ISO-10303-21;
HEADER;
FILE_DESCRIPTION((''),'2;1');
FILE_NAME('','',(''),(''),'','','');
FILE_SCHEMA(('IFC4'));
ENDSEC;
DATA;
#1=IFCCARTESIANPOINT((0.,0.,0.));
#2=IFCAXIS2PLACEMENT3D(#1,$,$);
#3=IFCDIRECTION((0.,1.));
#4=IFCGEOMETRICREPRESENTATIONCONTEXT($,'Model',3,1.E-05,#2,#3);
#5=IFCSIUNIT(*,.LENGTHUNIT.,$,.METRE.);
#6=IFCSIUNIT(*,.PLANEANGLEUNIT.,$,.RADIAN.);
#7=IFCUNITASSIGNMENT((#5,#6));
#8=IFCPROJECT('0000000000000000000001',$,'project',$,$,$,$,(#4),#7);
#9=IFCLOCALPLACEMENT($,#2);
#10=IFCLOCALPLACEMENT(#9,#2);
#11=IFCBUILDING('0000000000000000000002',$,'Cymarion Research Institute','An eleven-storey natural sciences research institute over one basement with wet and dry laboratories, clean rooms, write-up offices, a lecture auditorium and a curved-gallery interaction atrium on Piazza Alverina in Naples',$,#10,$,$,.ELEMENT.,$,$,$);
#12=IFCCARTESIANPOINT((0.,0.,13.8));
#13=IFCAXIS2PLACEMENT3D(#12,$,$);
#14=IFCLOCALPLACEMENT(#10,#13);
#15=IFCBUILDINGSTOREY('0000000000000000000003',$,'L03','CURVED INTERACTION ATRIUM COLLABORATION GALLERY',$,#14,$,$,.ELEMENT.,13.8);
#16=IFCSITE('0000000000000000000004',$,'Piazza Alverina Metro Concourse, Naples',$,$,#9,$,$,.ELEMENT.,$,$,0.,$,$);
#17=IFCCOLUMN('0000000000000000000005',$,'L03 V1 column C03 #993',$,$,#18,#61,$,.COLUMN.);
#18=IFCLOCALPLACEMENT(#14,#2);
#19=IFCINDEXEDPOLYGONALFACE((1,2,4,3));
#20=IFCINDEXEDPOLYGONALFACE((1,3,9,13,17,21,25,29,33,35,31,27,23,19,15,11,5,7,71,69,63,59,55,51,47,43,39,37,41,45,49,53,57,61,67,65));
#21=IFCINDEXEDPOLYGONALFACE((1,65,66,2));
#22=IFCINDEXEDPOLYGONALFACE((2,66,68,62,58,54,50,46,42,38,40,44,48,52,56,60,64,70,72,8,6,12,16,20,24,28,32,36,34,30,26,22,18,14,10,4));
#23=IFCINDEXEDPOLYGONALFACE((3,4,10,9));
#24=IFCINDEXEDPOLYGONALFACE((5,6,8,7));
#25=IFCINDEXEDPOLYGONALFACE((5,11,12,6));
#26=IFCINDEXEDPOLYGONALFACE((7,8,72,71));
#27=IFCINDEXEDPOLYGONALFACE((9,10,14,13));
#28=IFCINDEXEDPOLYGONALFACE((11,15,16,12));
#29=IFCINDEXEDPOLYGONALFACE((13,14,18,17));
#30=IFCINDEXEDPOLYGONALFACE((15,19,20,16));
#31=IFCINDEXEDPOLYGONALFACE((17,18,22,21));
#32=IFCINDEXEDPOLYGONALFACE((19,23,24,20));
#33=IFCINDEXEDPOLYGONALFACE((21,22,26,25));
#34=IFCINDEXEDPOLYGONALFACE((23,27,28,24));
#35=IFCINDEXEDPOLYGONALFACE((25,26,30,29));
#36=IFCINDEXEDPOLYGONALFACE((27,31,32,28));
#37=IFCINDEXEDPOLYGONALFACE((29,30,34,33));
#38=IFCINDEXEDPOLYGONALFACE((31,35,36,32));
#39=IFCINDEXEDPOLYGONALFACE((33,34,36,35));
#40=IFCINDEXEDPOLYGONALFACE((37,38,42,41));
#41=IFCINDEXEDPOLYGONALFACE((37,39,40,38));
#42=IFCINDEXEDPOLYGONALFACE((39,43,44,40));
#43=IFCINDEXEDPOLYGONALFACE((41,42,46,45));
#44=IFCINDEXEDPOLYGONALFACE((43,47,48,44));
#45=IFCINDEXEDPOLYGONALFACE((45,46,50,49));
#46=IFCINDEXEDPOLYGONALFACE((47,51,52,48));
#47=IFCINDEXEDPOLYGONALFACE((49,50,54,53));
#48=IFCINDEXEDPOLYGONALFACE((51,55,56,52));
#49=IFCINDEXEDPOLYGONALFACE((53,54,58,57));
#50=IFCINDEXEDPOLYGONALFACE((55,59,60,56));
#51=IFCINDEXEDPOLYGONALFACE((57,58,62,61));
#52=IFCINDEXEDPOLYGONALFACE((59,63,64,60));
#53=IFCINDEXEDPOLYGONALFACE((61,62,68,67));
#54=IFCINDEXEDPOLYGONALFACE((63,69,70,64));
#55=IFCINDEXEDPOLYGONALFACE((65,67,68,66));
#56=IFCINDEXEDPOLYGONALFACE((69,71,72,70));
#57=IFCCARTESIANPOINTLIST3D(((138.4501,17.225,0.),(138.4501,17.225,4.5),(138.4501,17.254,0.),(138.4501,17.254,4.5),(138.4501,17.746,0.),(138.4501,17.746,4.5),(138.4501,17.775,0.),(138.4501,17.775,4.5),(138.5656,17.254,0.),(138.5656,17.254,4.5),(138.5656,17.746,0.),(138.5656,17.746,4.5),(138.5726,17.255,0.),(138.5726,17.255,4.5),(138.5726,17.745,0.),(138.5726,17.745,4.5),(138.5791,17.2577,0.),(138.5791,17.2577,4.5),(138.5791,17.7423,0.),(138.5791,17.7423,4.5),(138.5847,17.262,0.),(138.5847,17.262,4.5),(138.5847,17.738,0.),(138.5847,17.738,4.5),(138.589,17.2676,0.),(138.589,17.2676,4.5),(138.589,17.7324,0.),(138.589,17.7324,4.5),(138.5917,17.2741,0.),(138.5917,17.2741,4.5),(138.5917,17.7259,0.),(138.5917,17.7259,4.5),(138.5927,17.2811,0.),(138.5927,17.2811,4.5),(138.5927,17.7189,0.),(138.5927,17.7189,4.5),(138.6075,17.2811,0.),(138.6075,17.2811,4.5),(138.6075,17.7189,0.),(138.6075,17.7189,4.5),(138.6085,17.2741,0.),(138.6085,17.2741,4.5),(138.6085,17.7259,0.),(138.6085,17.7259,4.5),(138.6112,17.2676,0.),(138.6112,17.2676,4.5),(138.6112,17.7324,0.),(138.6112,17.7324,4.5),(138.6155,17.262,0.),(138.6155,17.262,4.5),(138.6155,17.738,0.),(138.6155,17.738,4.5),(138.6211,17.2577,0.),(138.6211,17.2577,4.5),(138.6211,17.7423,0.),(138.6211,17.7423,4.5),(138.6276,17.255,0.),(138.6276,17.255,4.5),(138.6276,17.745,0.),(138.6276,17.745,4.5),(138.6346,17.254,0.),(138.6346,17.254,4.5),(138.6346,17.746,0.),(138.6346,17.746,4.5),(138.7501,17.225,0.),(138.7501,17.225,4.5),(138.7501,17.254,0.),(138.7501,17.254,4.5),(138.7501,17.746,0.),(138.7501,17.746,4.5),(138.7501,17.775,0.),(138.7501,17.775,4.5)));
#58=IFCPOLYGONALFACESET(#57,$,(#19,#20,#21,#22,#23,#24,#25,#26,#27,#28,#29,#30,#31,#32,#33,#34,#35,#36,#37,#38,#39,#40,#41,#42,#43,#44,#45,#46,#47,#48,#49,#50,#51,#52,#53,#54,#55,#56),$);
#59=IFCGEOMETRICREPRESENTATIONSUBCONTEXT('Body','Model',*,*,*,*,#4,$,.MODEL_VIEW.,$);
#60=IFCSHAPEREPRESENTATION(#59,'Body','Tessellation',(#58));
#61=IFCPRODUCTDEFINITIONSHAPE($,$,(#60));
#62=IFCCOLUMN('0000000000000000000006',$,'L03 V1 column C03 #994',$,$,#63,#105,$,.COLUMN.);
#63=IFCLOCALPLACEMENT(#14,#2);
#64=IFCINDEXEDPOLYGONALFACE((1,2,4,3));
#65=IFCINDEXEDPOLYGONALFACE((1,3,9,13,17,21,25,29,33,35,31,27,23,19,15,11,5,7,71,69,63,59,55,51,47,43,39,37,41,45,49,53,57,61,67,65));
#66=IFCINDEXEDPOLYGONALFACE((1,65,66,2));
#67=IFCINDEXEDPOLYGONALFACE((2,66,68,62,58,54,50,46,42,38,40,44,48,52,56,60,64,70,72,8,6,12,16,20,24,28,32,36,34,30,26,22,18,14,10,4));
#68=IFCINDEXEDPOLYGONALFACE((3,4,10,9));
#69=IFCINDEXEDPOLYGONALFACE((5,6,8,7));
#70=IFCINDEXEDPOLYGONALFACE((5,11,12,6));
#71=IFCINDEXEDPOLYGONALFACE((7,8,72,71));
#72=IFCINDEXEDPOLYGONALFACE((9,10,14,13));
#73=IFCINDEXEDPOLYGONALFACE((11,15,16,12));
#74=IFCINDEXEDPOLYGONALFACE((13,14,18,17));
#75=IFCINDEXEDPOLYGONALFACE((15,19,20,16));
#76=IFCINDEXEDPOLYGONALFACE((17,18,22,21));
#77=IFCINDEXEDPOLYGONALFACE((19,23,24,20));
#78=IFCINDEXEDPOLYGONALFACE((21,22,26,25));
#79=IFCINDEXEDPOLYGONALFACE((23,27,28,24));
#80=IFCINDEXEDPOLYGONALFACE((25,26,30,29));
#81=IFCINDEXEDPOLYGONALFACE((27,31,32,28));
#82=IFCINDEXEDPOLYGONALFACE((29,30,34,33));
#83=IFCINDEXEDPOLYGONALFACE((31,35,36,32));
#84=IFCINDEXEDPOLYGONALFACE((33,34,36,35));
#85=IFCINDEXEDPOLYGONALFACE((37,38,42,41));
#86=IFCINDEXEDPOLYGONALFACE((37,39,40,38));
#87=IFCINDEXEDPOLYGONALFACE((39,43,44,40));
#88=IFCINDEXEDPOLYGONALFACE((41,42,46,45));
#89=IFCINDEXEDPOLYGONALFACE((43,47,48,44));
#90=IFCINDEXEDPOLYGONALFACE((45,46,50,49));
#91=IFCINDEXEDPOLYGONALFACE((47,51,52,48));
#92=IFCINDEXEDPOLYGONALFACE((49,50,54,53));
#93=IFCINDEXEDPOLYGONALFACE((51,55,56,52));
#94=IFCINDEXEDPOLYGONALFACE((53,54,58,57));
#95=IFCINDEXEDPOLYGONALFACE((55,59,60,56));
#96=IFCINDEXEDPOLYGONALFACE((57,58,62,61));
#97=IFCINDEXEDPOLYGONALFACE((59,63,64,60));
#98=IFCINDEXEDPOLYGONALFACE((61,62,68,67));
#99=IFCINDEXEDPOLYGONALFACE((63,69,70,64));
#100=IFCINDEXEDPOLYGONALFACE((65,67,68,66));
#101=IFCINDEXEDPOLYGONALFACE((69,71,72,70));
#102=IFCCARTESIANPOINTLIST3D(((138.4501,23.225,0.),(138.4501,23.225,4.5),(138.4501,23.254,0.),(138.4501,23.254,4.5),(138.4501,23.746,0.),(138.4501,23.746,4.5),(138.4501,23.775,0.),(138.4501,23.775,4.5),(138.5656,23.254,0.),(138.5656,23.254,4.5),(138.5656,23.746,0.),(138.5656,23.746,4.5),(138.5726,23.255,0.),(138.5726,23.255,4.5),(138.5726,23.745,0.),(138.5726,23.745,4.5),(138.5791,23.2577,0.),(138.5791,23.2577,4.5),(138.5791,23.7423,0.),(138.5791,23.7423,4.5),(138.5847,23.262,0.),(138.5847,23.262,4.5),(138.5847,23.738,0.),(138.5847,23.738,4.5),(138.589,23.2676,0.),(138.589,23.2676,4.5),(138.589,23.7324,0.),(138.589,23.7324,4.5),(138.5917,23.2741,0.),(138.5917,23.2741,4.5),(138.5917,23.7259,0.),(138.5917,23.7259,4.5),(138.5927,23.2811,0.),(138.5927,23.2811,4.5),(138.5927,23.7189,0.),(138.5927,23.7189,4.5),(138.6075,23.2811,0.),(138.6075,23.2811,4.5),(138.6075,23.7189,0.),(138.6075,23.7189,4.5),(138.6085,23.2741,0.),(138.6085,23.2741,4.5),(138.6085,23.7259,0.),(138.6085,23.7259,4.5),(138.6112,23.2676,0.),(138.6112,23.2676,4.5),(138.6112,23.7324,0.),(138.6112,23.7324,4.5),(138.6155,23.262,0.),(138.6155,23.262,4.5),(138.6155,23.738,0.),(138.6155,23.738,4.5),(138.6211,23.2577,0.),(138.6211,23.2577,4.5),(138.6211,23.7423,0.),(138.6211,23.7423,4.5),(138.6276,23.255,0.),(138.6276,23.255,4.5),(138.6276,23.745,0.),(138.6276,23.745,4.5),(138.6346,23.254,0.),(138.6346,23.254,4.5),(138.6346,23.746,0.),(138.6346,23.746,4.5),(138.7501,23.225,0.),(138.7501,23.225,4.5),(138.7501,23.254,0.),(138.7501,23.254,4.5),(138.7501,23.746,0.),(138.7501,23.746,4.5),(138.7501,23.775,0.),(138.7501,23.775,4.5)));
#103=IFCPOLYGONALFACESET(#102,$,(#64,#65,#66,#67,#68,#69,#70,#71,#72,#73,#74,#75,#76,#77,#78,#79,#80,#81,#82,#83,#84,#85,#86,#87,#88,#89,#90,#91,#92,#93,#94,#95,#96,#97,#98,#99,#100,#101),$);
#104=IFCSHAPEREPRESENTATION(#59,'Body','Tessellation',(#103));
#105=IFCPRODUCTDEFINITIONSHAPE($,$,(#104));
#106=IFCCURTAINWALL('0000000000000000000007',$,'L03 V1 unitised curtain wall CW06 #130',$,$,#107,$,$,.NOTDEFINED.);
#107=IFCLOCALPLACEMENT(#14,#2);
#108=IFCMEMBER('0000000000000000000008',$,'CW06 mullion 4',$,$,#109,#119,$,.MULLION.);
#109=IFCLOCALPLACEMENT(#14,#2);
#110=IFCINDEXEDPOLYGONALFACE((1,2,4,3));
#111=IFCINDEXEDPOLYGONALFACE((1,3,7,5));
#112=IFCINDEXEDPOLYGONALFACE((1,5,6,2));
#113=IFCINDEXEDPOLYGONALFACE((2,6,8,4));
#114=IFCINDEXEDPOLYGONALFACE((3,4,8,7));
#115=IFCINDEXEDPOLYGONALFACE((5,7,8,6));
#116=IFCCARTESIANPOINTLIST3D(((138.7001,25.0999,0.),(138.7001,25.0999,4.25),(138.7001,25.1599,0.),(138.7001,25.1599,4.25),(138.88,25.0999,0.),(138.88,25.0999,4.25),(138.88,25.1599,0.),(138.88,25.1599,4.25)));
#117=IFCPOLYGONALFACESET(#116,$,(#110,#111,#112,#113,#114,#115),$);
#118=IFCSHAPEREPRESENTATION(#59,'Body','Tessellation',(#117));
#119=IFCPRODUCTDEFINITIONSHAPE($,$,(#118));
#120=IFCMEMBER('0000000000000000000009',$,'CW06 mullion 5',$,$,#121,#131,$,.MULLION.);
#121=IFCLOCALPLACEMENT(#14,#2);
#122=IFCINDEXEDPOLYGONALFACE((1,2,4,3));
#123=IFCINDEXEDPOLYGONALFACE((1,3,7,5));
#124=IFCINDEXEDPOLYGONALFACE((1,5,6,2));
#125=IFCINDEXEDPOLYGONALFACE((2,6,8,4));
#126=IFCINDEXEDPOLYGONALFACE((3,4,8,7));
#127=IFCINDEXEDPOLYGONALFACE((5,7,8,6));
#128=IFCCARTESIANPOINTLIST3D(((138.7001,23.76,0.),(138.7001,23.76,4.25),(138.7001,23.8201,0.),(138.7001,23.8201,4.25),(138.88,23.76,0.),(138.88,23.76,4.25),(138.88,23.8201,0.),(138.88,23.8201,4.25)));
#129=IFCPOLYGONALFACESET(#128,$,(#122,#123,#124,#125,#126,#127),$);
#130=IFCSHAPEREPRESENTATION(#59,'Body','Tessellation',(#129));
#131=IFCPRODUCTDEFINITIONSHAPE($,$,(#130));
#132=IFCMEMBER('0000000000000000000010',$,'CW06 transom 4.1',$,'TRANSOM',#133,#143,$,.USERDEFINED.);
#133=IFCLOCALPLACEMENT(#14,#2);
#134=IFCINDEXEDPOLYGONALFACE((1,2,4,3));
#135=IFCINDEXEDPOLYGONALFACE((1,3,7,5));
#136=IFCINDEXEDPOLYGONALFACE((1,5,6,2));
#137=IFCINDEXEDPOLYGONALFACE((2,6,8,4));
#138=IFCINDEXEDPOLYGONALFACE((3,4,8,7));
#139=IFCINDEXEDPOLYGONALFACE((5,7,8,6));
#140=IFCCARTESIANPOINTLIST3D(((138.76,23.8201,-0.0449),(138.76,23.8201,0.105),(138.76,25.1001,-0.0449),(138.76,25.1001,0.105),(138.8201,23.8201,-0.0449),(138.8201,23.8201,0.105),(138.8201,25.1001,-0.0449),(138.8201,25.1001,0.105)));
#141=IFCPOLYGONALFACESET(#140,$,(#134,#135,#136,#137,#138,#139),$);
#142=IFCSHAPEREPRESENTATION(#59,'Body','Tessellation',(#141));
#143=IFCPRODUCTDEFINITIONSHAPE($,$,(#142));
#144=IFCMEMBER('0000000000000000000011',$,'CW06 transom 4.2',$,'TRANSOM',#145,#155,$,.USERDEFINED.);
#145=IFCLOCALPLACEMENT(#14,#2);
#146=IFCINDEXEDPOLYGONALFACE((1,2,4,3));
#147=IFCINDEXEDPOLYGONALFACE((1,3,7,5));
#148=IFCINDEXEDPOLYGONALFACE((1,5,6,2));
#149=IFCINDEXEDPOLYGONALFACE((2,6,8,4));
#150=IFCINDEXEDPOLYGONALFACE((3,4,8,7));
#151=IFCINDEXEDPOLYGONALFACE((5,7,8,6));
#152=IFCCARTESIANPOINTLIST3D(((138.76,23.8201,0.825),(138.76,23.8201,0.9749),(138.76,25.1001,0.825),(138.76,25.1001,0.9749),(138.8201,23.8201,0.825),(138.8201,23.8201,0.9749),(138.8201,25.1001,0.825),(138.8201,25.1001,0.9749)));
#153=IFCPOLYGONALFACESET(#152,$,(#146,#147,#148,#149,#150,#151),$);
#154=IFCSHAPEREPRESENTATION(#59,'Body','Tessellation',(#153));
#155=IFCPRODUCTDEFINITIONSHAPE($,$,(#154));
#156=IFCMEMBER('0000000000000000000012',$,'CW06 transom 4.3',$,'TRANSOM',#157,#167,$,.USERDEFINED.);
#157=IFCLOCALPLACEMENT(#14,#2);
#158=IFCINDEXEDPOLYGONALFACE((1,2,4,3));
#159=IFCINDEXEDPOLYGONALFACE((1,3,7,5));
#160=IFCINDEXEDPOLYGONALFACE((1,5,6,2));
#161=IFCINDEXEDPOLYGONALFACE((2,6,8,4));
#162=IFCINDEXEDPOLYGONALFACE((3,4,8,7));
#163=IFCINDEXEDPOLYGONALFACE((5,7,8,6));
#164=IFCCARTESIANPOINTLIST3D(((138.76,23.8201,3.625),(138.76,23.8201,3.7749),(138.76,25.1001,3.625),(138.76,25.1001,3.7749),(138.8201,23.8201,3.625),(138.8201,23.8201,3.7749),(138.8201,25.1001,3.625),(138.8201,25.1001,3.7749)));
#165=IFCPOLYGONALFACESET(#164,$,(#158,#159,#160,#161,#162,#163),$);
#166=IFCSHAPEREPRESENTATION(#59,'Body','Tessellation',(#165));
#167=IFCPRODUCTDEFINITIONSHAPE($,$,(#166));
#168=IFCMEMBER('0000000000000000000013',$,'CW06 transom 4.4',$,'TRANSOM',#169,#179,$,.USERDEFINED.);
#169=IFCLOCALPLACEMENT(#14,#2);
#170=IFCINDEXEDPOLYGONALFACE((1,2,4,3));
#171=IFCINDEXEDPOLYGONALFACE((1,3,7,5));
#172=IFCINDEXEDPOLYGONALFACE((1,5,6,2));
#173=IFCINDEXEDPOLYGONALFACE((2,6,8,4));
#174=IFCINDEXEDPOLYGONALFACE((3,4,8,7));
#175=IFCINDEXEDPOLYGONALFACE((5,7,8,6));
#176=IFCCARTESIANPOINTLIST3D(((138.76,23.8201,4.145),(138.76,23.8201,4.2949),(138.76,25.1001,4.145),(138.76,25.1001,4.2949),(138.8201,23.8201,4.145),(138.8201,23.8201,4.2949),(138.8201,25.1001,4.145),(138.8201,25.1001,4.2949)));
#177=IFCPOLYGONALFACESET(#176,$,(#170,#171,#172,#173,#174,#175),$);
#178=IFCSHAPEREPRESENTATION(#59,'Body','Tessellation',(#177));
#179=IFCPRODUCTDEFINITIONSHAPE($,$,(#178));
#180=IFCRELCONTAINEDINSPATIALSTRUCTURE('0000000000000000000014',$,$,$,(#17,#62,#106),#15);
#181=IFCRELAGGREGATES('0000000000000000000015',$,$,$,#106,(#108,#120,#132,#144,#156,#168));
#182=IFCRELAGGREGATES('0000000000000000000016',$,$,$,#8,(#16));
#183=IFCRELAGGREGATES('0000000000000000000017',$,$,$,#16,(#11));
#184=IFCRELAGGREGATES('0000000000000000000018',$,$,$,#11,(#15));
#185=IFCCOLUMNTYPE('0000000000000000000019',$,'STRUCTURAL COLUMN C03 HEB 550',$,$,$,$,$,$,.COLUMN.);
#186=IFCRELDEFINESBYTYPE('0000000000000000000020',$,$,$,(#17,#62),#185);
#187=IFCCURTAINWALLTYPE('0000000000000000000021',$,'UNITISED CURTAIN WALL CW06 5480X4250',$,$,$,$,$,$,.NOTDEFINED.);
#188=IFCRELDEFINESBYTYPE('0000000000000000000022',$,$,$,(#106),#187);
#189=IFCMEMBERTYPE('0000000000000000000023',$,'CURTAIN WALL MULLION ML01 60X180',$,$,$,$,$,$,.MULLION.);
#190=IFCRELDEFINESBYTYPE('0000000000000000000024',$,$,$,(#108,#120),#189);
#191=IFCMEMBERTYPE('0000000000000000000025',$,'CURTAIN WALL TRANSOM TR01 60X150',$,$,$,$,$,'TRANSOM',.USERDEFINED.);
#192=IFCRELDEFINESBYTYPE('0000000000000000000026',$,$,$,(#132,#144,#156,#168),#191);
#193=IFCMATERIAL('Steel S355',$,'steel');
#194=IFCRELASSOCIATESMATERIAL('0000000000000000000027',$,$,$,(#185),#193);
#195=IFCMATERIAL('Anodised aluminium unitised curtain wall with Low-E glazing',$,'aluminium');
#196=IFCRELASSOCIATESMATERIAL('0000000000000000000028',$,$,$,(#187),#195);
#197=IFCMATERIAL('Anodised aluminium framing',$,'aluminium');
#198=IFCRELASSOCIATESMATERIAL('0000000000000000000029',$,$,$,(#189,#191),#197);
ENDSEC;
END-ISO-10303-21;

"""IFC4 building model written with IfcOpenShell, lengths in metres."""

from ifc_helpers import new_model, si_unit, direction, frame, origin, origin_2d, place, context, subcontext, project, spatial, rectangle, i_section, extrude, material, material_profile, profile_set, type_object, element, aggregate, save


model = new_model("IFC4")

# Units and contexts
model_context = context("Model", 3, precision=1e-05, world=origin(), true_north=direction((0.0, 1.0)))
body_context = subcontext(model_context, "Body", "Model", "MODEL_VIEW")
ifc_project = project(units=[si_unit("LENGTHUNIT", "METRE"), si_unit("PLANEANGLEUNIT", "RADIAN")], contexts=[model_context])

# Site, building, storey
site_placement = place(None, origin())
site = spatial("IfcSite", under=ifc_project, at=site_placement, Name="Piazza Alverina Metro Concourse, Naples", CompositionType="ELEMENT", RefElevation=0.0)
building_placement = place(site_placement, origin())
building = spatial("IfcBuilding", under=site, at=building_placement, Name="Cymarion Research Institute", Description="An eleven-storey natural sciences research institute over one basement with wet and dry laboratories, clean rooms, write-up offices, a lecture auditorium and a curved-gallery interaction atrium on Piazza Alverina in Naples", CompositionType="ELEMENT")
storey_placement = place(building_placement, frame((0.0, 0.0, 13.8)))
storey = spatial("IfcBuildingStorey", under=building, at=storey_placement, Name="L03", Description="CURVED INTERACTION ATRIUM COLLABORATION GALLERY", CompositionType="ELEMENT", Elevation=13.8)

# Columns
ifc_material_1 = material(Name="Steel S355", Category="steel")
ifc_material_profile_1 = material_profile(ifc_material_1, i_section(OverallWidth=0.3, OverallDepth=0.55, WebThickness=0.0149, FlangeThickness=0.0291, FilletRadius=0.0271, at=origin_2d()), Name="HEB 550")
ifc_profile_set_1 = profile_set([ifc_material_profile_1], Name="Steel S355")
column_type = type_object("IfcColumnType", Name="STRUCTURAL COLUMN C03 HEB 550", PredefinedType="COLUMN", material=ifc_profile_set_1)
for number, where, z_axis, x_axis, name in (
    (1, (138.6001, 17.5, 0.0), (0.0, 0.0, 1.0), (1.0, 0.0, 0.0), "L03 V1 column C03 #993"),
    (2, (138.6001, 23.5, 0.0), (0.0, 0.0, 1.0), (1.0, 0.0, 0.0), "L03 V1 column C03 #994"),
):
    element("IfcColumn", number, at=place(storey_placement, frame(where, z_axis=z_axis, x_axis=x_axis)), inside=storey, type_object=column_type, Name=name, PredefinedType="COLUMN", context=body_context, shape_type="SweptSolid", body=[
        extrude(i_section(OverallWidth=0.3, OverallDepth=0.55, WebThickness=0.0149, FlangeThickness=0.0291, FilletRadius=0.0271, at=origin_2d()), origin(), (0.0, 0.0, 1.0), 4.5),
    ])

# Curtain wall, members
ifc_material_2 = material(Name="Anodised aluminium unitised curtain wall with Low-E glazing", Category="aluminium")
curtain_wall_type = type_object("IfcCurtainWallType", Name="UNITISED CURTAIN WALL CW06 5480X4250", PredefinedType="NOTDEFINED", material=ifc_material_2)
curtain_wall_placement = place(storey_placement, origin())
curtain_wall = element("IfcCurtainWall", 3, at=curtain_wall_placement, inside=storey, type_object=curtain_wall_type, Name="L03 V1 unitised curtain wall CW06 #130", PredefinedType="NOTDEFINED")
ifc_material_3 = material(Name="Anodised aluminium framing", Category="aluminium")
ifc_material_profile_2 = material_profile(ifc_material_3, rectangle(XDim=0.0601, YDim=0.1799, at=origin_2d()), Name="ALU MULLION 60x180")
ifc_profile_set_2 = profile_set([ifc_material_profile_2], Name="Anodised aluminium framing")
member_type_1 = type_object("IfcMemberType", Name="CURTAIN WALL MULLION ML01 60X180", PredefinedType="MULLION", material=ifc_profile_set_2)
member_1_placement = place(storey_placement, frame((138.79, 25.1299, 0.0), z_axis=(0.0, 0.0, 1.0), x_axis=(0.0, -1.0, 0.0)))
member_1 = element("IfcMember", 4, at=member_1_placement, type_object=member_type_1, Name="CW06 mullion 4", PredefinedType="MULLION", context=body_context, shape_type="SweptSolid", body=[
    extrude(rectangle(XDim=0.0601, YDim=0.1799, at=origin_2d()), origin(), (0.0, 0.0, 1.0), 4.25),
])
member_2_placement = place(storey_placement, frame((138.79, 23.79, 0.0), z_axis=(0.0, 0.0, 1.0), x_axis=(0.0, -1.0, 0.0)))
member_2 = element("IfcMember", 5, at=member_2_placement, type_object=member_type_1, Name="CW06 mullion 5", PredefinedType="MULLION", context=body_context, shape_type="SweptSolid", body=[
    extrude(rectangle(XDim=0.0601, YDim=0.1799, at=origin_2d()), origin(), (0.0, 0.0, 1.0), 4.25),
])
ifc_material_profile_3 = material_profile(ifc_material_3, rectangle(XDim=0.0601, YDim=0.1499, at=origin_2d()), Name="ALU TRANSOM 60x150")
ifc_profile_set_3 = profile_set([ifc_material_profile_3], Name="Anodised aluminium framing")
member_type_2 = type_object("IfcMemberType", Name="CURTAIN WALL TRANSOM TR01 60X150", ElementType="TRANSOM", PredefinedType="USERDEFINED", material=ifc_profile_set_3)
member_3_placement = place(storey_placement, frame((138.79, 25.1001, 0.03), z_axis=(0.0, -1.0, 0.0), x_axis=(1.0, 0.0, 0.0)))
member_3 = element("IfcMember", 6, at=member_3_placement, type_object=member_type_2, Name="CW06 transom 4.1", ObjectType="TRANSOM", PredefinedType="USERDEFINED", context=body_context, shape_type="SweptSolid", body=[
    extrude(rectangle(XDim=0.0601, YDim=0.1499, at=origin_2d()), origin(), (0.0, 0.0, 1.0), 1.28),
])
member_4_placement = place(storey_placement, frame((138.79, 25.1001, 0.8999), z_axis=(0.0, -1.0, 0.0), x_axis=(1.0, 0.0, 0.0)))
member_4 = element("IfcMember", 7, at=member_4_placement, type_object=member_type_2, Name="CW06 transom 4.2", ObjectType="TRANSOM", PredefinedType="USERDEFINED", context=body_context, shape_type="SweptSolid", body=[
    extrude(rectangle(XDim=0.0601, YDim=0.1499, at=origin_2d()), origin(), (0.0, 0.0, 1.0), 1.28),
])
member_5_placement = place(storey_placement, frame((138.79, 25.1001, 3.7), z_axis=(0.0, -1.0, 0.0), x_axis=(1.0, 0.0, 0.0)))
member_5 = element("IfcMember", 8, at=member_5_placement, type_object=member_type_2, Name="CW06 transom 4.3", ObjectType="TRANSOM", PredefinedType="USERDEFINED", context=body_context, shape_type="SweptSolid", body=[
    extrude(rectangle(XDim=0.0601, YDim=0.1499, at=origin_2d()), origin(), (0.0, 0.0, 1.0), 1.28),
])
member_6_placement = place(storey_placement, frame((138.79, 25.1001, 4.22), z_axis=(0.0, -1.0, 0.0), x_axis=(1.0, 0.0, 0.0)))
member_6 = element("IfcMember", 9, at=member_6_placement, type_object=member_type_2, Name="CW06 transom 4.4", ObjectType="TRANSOM", PredefinedType="USERDEFINED", context=body_context, shape_type="SweptSolid", body=[
    extrude(rectangle(XDim=0.0601, YDim=0.1499, at=origin_2d()), origin(), (0.0, 0.0, 1.0), 1.28),
])

aggregate(curtain_wall, [member_1, member_2, member_3, member_4, member_5, member_6])

save(model, "model.ifc")
